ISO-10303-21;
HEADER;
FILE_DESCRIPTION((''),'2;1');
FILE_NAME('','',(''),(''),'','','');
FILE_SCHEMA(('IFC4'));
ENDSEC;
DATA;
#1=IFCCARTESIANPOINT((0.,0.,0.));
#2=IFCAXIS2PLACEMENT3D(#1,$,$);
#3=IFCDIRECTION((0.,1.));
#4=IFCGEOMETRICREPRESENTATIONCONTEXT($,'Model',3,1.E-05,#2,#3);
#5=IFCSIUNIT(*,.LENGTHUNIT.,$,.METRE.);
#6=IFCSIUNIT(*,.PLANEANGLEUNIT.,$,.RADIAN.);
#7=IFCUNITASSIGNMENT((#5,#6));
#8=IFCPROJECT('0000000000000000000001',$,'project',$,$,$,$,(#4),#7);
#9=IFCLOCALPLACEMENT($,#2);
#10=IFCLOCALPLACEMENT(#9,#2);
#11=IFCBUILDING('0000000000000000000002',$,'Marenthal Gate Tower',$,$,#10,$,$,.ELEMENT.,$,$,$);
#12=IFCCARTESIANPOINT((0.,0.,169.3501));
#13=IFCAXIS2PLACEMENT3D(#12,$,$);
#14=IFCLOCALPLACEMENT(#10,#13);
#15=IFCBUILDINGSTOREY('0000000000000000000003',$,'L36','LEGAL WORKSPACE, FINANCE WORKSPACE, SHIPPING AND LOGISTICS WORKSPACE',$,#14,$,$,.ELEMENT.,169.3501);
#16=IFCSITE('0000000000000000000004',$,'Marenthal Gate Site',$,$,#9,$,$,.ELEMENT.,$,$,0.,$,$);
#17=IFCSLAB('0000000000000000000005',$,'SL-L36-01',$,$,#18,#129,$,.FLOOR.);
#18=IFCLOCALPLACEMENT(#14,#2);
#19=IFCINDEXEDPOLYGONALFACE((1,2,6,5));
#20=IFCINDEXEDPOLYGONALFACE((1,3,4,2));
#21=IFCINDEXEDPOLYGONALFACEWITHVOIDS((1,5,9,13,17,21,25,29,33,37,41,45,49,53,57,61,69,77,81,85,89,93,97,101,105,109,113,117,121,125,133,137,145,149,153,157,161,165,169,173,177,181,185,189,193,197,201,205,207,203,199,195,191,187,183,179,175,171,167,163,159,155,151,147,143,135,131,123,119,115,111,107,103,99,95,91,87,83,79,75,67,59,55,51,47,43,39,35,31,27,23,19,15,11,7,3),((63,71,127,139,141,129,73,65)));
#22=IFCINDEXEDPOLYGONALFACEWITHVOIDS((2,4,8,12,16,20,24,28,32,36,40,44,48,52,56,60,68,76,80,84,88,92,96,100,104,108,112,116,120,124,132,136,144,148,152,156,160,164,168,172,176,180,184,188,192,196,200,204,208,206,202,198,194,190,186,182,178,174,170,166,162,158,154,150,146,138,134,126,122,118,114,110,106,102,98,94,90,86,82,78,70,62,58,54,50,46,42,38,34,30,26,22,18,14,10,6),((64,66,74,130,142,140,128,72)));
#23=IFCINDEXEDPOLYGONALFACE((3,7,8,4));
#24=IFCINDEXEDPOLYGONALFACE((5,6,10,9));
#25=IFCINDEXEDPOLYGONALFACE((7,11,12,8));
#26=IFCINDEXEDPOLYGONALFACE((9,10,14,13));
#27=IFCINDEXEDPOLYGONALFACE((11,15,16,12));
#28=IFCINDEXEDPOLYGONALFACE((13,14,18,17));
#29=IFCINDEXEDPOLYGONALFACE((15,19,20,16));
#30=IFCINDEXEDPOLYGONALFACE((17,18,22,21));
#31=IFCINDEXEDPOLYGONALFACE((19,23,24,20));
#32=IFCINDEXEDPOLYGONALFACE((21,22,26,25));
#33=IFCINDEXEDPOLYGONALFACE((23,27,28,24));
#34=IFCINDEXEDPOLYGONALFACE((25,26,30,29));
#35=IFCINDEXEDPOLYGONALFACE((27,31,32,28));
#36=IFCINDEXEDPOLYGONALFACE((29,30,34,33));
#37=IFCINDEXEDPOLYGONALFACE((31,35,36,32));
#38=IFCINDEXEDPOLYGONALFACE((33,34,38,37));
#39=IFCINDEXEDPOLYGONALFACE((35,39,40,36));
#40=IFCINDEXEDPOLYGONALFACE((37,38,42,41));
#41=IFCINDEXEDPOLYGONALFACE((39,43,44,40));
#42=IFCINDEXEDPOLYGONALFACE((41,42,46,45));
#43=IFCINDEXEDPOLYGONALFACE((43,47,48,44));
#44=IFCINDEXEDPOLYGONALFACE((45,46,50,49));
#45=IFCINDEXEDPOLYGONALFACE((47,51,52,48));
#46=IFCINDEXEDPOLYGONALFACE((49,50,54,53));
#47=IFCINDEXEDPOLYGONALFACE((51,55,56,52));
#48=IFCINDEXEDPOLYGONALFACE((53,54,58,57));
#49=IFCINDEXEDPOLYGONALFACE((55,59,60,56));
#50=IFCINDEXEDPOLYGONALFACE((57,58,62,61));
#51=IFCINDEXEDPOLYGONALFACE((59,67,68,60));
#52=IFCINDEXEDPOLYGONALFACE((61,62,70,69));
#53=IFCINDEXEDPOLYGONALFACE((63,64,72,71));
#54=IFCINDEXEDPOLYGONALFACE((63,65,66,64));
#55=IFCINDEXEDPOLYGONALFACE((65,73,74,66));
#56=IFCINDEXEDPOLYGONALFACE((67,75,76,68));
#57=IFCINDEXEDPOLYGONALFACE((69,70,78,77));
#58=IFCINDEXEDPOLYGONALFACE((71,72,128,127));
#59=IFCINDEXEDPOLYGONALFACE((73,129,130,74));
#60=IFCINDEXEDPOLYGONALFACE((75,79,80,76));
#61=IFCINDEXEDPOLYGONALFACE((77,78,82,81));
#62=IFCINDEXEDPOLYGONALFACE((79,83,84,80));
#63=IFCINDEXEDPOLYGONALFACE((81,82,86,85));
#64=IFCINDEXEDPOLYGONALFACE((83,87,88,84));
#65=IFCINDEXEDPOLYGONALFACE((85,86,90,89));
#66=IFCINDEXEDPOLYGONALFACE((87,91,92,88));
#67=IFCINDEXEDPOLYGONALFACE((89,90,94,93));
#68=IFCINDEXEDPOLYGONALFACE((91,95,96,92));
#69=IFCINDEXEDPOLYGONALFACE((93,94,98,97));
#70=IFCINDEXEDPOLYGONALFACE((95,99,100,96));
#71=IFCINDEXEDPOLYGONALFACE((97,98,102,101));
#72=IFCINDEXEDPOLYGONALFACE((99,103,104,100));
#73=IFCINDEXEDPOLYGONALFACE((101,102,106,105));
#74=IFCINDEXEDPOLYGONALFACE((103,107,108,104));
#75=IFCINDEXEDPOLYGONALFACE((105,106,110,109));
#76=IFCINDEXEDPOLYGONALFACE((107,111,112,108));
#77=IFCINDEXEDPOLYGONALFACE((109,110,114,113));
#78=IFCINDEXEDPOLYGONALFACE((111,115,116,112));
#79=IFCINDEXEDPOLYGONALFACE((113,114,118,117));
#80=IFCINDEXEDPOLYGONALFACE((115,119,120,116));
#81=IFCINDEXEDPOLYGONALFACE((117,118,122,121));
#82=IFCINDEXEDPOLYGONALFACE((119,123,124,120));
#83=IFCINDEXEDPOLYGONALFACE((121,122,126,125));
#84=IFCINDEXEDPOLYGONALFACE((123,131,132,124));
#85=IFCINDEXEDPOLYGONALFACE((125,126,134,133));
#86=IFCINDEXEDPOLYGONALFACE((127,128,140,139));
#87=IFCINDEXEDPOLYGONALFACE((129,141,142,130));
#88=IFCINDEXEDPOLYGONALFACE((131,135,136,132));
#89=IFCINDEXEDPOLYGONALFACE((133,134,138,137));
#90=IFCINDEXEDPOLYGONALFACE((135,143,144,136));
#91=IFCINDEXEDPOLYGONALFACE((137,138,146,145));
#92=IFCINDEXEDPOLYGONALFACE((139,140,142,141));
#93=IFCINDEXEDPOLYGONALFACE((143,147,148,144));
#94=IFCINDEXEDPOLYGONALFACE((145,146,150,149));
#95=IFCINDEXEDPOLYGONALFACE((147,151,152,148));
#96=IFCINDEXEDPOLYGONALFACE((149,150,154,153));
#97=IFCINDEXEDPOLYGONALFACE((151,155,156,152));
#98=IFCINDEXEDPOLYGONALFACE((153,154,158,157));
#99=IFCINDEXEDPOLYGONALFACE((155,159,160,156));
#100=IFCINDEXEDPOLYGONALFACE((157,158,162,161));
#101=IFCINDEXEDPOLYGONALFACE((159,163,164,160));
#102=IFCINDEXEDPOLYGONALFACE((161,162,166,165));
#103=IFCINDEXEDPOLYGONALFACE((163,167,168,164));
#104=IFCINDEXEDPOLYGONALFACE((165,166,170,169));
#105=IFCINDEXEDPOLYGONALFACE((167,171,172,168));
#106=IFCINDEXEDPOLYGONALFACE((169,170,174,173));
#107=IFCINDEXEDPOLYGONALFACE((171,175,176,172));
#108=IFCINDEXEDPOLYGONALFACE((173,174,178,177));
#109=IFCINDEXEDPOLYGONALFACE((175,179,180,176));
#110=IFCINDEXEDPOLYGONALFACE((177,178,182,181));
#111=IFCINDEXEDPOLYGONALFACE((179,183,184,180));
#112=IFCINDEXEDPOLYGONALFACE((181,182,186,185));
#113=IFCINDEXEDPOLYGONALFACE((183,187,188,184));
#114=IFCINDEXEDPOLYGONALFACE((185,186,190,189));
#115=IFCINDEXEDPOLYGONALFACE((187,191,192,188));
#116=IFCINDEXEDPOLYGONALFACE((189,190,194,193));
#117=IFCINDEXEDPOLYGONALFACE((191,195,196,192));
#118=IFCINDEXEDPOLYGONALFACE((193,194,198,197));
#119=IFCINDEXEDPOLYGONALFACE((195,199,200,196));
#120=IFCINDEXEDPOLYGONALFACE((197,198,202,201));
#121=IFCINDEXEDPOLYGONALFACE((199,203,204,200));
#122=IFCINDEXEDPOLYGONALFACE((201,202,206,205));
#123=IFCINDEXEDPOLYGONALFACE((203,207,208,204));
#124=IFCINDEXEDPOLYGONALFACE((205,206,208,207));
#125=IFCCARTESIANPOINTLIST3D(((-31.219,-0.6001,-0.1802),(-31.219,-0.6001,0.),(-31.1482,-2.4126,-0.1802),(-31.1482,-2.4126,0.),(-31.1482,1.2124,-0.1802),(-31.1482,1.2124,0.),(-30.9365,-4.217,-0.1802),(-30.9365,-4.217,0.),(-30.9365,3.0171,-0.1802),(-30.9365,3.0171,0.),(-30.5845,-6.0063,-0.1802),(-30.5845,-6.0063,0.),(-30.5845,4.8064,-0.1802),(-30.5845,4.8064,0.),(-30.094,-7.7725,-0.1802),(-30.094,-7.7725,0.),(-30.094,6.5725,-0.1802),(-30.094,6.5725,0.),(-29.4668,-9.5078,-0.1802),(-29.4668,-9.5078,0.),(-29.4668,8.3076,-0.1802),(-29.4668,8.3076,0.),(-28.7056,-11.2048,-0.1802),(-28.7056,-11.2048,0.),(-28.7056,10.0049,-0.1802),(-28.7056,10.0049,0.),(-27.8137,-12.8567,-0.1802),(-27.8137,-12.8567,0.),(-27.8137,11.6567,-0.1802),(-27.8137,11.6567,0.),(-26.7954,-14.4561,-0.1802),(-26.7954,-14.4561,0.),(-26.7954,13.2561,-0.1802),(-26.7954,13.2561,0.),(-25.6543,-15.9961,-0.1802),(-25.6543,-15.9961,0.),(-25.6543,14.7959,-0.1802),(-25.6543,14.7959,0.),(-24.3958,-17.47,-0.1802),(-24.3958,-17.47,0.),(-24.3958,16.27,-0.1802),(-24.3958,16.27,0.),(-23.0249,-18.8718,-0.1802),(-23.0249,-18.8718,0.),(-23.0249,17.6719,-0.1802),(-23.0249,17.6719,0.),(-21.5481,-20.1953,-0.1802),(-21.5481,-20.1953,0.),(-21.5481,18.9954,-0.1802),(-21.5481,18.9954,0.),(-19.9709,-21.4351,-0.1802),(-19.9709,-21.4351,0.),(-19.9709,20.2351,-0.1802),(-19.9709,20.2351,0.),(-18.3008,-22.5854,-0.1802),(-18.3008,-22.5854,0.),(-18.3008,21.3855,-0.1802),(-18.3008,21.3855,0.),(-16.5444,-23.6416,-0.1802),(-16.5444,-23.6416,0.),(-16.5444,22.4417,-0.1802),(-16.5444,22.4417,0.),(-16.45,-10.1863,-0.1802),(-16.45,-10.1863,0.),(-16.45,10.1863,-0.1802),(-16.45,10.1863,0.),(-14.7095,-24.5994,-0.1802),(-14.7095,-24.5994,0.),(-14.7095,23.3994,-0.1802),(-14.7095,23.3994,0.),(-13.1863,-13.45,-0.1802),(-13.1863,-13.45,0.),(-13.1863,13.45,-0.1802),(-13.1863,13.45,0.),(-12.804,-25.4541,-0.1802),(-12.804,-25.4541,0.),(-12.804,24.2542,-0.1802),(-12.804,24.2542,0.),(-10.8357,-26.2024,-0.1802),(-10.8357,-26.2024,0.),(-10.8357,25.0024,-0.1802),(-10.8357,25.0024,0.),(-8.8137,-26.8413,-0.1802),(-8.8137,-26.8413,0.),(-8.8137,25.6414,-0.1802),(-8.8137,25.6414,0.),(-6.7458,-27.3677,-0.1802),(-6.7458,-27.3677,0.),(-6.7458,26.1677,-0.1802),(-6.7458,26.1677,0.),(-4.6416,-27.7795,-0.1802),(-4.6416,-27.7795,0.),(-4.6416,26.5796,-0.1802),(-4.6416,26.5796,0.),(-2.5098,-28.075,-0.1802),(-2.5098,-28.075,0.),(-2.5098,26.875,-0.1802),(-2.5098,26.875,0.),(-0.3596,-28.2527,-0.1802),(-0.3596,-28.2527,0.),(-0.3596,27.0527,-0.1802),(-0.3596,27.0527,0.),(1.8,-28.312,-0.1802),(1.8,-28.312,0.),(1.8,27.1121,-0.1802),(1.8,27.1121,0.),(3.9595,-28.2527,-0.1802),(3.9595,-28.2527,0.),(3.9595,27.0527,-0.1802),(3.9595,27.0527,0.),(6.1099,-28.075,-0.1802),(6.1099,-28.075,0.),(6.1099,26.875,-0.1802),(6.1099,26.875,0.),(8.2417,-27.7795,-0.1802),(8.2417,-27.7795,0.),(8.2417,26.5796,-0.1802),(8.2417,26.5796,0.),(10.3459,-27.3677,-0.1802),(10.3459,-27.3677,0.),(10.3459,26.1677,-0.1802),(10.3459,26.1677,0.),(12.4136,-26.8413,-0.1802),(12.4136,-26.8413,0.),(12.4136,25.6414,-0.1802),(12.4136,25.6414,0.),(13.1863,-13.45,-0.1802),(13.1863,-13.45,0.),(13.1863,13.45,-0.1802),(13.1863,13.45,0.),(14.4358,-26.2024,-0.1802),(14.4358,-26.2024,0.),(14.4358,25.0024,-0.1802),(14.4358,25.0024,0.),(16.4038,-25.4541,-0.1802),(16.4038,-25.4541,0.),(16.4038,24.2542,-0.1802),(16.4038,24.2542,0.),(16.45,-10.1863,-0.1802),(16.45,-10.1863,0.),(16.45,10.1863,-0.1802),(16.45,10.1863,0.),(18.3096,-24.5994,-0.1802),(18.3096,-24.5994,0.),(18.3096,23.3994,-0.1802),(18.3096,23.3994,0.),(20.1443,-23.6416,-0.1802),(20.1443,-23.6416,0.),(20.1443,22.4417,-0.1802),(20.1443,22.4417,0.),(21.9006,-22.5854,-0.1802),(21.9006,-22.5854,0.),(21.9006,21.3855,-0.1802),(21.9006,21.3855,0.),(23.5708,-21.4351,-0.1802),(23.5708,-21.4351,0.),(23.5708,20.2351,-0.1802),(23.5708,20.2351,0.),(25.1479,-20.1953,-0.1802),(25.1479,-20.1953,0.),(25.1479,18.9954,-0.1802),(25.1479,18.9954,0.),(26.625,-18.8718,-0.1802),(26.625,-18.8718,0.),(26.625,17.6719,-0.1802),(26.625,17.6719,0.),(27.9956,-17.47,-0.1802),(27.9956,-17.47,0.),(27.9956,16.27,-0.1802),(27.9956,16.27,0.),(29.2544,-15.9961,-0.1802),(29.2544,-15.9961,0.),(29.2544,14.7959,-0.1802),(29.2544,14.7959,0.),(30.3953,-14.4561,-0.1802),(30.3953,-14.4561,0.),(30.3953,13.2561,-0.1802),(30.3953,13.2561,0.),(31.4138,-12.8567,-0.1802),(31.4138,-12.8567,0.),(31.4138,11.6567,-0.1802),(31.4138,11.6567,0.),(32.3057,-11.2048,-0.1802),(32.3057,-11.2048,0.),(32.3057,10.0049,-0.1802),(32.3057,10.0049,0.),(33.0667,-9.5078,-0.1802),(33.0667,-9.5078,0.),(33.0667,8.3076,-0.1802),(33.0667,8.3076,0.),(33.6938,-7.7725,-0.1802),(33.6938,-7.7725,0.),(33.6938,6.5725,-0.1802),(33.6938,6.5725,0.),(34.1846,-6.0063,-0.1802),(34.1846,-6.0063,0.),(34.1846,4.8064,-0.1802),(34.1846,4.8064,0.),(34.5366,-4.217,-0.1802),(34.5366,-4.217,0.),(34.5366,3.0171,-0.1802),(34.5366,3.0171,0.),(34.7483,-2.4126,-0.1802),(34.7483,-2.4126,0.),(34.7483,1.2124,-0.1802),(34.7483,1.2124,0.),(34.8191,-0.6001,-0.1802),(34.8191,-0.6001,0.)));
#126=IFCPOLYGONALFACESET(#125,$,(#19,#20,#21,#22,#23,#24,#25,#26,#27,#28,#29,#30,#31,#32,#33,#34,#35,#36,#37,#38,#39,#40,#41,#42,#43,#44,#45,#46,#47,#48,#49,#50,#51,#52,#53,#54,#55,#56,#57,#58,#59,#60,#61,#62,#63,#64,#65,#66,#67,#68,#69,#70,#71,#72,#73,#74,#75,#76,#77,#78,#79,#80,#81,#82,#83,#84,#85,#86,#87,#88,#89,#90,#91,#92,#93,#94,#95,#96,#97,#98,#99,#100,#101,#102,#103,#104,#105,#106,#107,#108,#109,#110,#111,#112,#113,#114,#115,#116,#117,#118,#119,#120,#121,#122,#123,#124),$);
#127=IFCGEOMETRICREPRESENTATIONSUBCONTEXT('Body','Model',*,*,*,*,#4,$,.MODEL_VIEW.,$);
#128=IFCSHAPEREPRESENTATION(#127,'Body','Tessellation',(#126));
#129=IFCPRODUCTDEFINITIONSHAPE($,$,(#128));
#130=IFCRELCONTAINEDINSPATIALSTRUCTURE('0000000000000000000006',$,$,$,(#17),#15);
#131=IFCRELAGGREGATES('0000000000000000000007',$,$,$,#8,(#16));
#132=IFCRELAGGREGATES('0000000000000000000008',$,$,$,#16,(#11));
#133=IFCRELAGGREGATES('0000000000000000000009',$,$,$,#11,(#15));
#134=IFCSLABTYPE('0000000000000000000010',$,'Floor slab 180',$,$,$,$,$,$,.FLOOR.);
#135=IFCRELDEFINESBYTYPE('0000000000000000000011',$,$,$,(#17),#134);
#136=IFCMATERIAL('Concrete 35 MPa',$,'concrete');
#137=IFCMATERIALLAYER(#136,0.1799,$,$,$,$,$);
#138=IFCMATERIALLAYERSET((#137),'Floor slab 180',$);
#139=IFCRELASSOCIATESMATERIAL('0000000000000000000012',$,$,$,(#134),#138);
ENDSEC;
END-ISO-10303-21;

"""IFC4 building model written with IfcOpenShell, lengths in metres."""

from ifc_helpers import new_model, si_unit, direction, frame, origin, place, context, subcontext, project, spatial, polyline, outline, extrude, material, layer, layer_set, type_object, element, save


model = new_model("IFC4")

# Units and contexts
model_context = context("Model", 3, precision=1e-05, world=origin(), true_north=direction((0.0, 1.0)))
body_context = subcontext(model_context, "Body", "Model", "MODEL_VIEW")
ifc_project = project(units=[si_unit("LENGTHUNIT", "METRE"), si_unit("PLANEANGLEUNIT", "RADIAN")], contexts=[model_context])

# Site, building, storey
site_placement = place(None, origin())
site = spatial("IfcSite", under=ifc_project, at=site_placement, Name="Marenthal Gate Site", CompositionType="ELEMENT", RefElevation=0.0)
building_placement = place(site_placement, origin())
building = spatial("IfcBuilding", under=site, at=building_placement, Name="Marenthal Gate Tower", CompositionType="ELEMENT")
storey_placement = place(building_placement, frame((0.0, 0.0, 169.3501)))
storey = spatial("IfcBuildingStorey", under=building, at=storey_placement, Name="L36", Description="LEGAL WORKSPACE, FINANCE WORKSPACE, SHIPPING AND LOGISTICS WORKSPACE", CompositionType="ELEMENT", Elevation=169.3501)

# Slab
ifc_material_1 = material(Name="Concrete 35 MPa", Category="concrete")
ifc_layer_1 = layer(ifc_material_1, 0.1799)
ifc_layer_set_1 = layer_set([ifc_layer_1], Name="Floor slab 180")
slab_type_1 = type_object("IfcSlabType", Name="Floor slab 180", PredefinedType="FLOOR", material=ifc_layer_set_1)
slab_1_placement = place(storey_placement, frame((0.0, 0.0, -0.1802)))
element("IfcSlab", 1, at=slab_1_placement, inside=storey, type_object=slab_type_1, Name="SL-L36-01", PredefinedType="FLOOR", context=body_context, shape_type="SweptSolid", body=[
    extrude(outline(polyline([(34.8191, -0.6001), (34.7483, 1.2124), (34.5366, 3.0171), (34.1846, 4.8064), (33.6938, 6.5725), (33.0667, 8.3076), (32.3057, 10.0049), (31.4138, 11.6567), (30.3953, 13.2561), (29.2544, 14.7959), (27.9956, 16.27), (26.625, 17.6719), (25.1479, 18.9954), (23.5708, 20.2351), (21.9006, 21.3855), (20.1443, 22.4417), (18.3096, 23.3994), (16.4038, 24.2542), (14.4358, 25.0024), (12.4136, 25.6414), (10.3459, 26.1677), (8.2417, 26.5796), (6.1099, 26.875), (3.9595, 27.0527), (1.8, 27.1121), (-0.3596, 27.0527), (-2.5098, 26.875), (-4.6416, 26.5796), (-6.7458, 26.1677), (-8.8137, 25.6414), (-10.8357, 25.0024), (-12.804, 24.2542), (-14.7095, 23.3994), (-16.5444, 22.4417), (-18.3008, 21.3855), (-19.9709, 20.2351), (-21.5481, 18.9954), (-23.0249, 17.6719), (-24.3958, 16.27), (-25.6543, 14.7959), (-26.7954, 13.2561), (-27.8137, 11.6567), (-28.7056, 10.0049), (-29.4668, 8.3076), (-30.094, 6.5725), (-30.5845, 4.8064), (-30.9365, 3.0171), (-31.1482, 1.2124), (-31.219, -0.6001), (-31.1482, -2.4126), (-30.9365, -4.217), (-30.5845, -6.0063), (-30.094, -7.7725), (-29.4668, -9.5078), (-28.7056, -11.2048), (-27.8137, -12.8567), (-26.7954, -14.4561), (-25.6543, -15.9961), (-24.3958, -17.47), (-23.0249, -18.8718), (-21.5481, -20.1953), (-19.9709, -21.4351), (-18.3008, -22.5854), (-16.5444, -23.6416), (-14.7095, -24.5994), (-12.804, -25.4541), (-10.8357, -26.2024), (-8.8137, -26.8413), (-6.7458, -27.3677), (-4.6416, -27.7795), (-2.5098, -28.075), (-0.3596, -28.2527), (1.8, -28.312), (3.9595, -28.2527), (6.1099, -28.075), (8.2417, -27.7795), (10.3459, -27.3677), (12.4136, -26.8413), (14.4358, -26.2024), (16.4038, -25.4541), (18.3096, -24.5994), (20.1443, -23.6416), (21.9006, -22.5854), (23.5708, -21.4351), (25.1479, -20.1953), (26.625, -18.8718), (27.9956, -17.47), (29.2544, -15.9961), (30.3953, -14.4561), (31.4138, -12.8567), (32.3057, -11.2048), (33.0667, -9.5078), (33.6938, -7.7725), (34.1846, -6.0063), (34.5366, -4.217), (34.7483, -2.4126), (34.8191, -0.6001)]), holes=[polyline([(13.1863, -13.45), (16.45, -10.1863), (16.45, 10.1863), (13.1863, 13.45), (-13.1863, 13.45), (-16.45, 10.1863), (-16.45, -10.1863), (-13.1863, -13.45), (13.1863, -13.45)])]), origin(), (0.0, 0.0, 1.0), 0.1802),
])

save(model, "model.ifc")
